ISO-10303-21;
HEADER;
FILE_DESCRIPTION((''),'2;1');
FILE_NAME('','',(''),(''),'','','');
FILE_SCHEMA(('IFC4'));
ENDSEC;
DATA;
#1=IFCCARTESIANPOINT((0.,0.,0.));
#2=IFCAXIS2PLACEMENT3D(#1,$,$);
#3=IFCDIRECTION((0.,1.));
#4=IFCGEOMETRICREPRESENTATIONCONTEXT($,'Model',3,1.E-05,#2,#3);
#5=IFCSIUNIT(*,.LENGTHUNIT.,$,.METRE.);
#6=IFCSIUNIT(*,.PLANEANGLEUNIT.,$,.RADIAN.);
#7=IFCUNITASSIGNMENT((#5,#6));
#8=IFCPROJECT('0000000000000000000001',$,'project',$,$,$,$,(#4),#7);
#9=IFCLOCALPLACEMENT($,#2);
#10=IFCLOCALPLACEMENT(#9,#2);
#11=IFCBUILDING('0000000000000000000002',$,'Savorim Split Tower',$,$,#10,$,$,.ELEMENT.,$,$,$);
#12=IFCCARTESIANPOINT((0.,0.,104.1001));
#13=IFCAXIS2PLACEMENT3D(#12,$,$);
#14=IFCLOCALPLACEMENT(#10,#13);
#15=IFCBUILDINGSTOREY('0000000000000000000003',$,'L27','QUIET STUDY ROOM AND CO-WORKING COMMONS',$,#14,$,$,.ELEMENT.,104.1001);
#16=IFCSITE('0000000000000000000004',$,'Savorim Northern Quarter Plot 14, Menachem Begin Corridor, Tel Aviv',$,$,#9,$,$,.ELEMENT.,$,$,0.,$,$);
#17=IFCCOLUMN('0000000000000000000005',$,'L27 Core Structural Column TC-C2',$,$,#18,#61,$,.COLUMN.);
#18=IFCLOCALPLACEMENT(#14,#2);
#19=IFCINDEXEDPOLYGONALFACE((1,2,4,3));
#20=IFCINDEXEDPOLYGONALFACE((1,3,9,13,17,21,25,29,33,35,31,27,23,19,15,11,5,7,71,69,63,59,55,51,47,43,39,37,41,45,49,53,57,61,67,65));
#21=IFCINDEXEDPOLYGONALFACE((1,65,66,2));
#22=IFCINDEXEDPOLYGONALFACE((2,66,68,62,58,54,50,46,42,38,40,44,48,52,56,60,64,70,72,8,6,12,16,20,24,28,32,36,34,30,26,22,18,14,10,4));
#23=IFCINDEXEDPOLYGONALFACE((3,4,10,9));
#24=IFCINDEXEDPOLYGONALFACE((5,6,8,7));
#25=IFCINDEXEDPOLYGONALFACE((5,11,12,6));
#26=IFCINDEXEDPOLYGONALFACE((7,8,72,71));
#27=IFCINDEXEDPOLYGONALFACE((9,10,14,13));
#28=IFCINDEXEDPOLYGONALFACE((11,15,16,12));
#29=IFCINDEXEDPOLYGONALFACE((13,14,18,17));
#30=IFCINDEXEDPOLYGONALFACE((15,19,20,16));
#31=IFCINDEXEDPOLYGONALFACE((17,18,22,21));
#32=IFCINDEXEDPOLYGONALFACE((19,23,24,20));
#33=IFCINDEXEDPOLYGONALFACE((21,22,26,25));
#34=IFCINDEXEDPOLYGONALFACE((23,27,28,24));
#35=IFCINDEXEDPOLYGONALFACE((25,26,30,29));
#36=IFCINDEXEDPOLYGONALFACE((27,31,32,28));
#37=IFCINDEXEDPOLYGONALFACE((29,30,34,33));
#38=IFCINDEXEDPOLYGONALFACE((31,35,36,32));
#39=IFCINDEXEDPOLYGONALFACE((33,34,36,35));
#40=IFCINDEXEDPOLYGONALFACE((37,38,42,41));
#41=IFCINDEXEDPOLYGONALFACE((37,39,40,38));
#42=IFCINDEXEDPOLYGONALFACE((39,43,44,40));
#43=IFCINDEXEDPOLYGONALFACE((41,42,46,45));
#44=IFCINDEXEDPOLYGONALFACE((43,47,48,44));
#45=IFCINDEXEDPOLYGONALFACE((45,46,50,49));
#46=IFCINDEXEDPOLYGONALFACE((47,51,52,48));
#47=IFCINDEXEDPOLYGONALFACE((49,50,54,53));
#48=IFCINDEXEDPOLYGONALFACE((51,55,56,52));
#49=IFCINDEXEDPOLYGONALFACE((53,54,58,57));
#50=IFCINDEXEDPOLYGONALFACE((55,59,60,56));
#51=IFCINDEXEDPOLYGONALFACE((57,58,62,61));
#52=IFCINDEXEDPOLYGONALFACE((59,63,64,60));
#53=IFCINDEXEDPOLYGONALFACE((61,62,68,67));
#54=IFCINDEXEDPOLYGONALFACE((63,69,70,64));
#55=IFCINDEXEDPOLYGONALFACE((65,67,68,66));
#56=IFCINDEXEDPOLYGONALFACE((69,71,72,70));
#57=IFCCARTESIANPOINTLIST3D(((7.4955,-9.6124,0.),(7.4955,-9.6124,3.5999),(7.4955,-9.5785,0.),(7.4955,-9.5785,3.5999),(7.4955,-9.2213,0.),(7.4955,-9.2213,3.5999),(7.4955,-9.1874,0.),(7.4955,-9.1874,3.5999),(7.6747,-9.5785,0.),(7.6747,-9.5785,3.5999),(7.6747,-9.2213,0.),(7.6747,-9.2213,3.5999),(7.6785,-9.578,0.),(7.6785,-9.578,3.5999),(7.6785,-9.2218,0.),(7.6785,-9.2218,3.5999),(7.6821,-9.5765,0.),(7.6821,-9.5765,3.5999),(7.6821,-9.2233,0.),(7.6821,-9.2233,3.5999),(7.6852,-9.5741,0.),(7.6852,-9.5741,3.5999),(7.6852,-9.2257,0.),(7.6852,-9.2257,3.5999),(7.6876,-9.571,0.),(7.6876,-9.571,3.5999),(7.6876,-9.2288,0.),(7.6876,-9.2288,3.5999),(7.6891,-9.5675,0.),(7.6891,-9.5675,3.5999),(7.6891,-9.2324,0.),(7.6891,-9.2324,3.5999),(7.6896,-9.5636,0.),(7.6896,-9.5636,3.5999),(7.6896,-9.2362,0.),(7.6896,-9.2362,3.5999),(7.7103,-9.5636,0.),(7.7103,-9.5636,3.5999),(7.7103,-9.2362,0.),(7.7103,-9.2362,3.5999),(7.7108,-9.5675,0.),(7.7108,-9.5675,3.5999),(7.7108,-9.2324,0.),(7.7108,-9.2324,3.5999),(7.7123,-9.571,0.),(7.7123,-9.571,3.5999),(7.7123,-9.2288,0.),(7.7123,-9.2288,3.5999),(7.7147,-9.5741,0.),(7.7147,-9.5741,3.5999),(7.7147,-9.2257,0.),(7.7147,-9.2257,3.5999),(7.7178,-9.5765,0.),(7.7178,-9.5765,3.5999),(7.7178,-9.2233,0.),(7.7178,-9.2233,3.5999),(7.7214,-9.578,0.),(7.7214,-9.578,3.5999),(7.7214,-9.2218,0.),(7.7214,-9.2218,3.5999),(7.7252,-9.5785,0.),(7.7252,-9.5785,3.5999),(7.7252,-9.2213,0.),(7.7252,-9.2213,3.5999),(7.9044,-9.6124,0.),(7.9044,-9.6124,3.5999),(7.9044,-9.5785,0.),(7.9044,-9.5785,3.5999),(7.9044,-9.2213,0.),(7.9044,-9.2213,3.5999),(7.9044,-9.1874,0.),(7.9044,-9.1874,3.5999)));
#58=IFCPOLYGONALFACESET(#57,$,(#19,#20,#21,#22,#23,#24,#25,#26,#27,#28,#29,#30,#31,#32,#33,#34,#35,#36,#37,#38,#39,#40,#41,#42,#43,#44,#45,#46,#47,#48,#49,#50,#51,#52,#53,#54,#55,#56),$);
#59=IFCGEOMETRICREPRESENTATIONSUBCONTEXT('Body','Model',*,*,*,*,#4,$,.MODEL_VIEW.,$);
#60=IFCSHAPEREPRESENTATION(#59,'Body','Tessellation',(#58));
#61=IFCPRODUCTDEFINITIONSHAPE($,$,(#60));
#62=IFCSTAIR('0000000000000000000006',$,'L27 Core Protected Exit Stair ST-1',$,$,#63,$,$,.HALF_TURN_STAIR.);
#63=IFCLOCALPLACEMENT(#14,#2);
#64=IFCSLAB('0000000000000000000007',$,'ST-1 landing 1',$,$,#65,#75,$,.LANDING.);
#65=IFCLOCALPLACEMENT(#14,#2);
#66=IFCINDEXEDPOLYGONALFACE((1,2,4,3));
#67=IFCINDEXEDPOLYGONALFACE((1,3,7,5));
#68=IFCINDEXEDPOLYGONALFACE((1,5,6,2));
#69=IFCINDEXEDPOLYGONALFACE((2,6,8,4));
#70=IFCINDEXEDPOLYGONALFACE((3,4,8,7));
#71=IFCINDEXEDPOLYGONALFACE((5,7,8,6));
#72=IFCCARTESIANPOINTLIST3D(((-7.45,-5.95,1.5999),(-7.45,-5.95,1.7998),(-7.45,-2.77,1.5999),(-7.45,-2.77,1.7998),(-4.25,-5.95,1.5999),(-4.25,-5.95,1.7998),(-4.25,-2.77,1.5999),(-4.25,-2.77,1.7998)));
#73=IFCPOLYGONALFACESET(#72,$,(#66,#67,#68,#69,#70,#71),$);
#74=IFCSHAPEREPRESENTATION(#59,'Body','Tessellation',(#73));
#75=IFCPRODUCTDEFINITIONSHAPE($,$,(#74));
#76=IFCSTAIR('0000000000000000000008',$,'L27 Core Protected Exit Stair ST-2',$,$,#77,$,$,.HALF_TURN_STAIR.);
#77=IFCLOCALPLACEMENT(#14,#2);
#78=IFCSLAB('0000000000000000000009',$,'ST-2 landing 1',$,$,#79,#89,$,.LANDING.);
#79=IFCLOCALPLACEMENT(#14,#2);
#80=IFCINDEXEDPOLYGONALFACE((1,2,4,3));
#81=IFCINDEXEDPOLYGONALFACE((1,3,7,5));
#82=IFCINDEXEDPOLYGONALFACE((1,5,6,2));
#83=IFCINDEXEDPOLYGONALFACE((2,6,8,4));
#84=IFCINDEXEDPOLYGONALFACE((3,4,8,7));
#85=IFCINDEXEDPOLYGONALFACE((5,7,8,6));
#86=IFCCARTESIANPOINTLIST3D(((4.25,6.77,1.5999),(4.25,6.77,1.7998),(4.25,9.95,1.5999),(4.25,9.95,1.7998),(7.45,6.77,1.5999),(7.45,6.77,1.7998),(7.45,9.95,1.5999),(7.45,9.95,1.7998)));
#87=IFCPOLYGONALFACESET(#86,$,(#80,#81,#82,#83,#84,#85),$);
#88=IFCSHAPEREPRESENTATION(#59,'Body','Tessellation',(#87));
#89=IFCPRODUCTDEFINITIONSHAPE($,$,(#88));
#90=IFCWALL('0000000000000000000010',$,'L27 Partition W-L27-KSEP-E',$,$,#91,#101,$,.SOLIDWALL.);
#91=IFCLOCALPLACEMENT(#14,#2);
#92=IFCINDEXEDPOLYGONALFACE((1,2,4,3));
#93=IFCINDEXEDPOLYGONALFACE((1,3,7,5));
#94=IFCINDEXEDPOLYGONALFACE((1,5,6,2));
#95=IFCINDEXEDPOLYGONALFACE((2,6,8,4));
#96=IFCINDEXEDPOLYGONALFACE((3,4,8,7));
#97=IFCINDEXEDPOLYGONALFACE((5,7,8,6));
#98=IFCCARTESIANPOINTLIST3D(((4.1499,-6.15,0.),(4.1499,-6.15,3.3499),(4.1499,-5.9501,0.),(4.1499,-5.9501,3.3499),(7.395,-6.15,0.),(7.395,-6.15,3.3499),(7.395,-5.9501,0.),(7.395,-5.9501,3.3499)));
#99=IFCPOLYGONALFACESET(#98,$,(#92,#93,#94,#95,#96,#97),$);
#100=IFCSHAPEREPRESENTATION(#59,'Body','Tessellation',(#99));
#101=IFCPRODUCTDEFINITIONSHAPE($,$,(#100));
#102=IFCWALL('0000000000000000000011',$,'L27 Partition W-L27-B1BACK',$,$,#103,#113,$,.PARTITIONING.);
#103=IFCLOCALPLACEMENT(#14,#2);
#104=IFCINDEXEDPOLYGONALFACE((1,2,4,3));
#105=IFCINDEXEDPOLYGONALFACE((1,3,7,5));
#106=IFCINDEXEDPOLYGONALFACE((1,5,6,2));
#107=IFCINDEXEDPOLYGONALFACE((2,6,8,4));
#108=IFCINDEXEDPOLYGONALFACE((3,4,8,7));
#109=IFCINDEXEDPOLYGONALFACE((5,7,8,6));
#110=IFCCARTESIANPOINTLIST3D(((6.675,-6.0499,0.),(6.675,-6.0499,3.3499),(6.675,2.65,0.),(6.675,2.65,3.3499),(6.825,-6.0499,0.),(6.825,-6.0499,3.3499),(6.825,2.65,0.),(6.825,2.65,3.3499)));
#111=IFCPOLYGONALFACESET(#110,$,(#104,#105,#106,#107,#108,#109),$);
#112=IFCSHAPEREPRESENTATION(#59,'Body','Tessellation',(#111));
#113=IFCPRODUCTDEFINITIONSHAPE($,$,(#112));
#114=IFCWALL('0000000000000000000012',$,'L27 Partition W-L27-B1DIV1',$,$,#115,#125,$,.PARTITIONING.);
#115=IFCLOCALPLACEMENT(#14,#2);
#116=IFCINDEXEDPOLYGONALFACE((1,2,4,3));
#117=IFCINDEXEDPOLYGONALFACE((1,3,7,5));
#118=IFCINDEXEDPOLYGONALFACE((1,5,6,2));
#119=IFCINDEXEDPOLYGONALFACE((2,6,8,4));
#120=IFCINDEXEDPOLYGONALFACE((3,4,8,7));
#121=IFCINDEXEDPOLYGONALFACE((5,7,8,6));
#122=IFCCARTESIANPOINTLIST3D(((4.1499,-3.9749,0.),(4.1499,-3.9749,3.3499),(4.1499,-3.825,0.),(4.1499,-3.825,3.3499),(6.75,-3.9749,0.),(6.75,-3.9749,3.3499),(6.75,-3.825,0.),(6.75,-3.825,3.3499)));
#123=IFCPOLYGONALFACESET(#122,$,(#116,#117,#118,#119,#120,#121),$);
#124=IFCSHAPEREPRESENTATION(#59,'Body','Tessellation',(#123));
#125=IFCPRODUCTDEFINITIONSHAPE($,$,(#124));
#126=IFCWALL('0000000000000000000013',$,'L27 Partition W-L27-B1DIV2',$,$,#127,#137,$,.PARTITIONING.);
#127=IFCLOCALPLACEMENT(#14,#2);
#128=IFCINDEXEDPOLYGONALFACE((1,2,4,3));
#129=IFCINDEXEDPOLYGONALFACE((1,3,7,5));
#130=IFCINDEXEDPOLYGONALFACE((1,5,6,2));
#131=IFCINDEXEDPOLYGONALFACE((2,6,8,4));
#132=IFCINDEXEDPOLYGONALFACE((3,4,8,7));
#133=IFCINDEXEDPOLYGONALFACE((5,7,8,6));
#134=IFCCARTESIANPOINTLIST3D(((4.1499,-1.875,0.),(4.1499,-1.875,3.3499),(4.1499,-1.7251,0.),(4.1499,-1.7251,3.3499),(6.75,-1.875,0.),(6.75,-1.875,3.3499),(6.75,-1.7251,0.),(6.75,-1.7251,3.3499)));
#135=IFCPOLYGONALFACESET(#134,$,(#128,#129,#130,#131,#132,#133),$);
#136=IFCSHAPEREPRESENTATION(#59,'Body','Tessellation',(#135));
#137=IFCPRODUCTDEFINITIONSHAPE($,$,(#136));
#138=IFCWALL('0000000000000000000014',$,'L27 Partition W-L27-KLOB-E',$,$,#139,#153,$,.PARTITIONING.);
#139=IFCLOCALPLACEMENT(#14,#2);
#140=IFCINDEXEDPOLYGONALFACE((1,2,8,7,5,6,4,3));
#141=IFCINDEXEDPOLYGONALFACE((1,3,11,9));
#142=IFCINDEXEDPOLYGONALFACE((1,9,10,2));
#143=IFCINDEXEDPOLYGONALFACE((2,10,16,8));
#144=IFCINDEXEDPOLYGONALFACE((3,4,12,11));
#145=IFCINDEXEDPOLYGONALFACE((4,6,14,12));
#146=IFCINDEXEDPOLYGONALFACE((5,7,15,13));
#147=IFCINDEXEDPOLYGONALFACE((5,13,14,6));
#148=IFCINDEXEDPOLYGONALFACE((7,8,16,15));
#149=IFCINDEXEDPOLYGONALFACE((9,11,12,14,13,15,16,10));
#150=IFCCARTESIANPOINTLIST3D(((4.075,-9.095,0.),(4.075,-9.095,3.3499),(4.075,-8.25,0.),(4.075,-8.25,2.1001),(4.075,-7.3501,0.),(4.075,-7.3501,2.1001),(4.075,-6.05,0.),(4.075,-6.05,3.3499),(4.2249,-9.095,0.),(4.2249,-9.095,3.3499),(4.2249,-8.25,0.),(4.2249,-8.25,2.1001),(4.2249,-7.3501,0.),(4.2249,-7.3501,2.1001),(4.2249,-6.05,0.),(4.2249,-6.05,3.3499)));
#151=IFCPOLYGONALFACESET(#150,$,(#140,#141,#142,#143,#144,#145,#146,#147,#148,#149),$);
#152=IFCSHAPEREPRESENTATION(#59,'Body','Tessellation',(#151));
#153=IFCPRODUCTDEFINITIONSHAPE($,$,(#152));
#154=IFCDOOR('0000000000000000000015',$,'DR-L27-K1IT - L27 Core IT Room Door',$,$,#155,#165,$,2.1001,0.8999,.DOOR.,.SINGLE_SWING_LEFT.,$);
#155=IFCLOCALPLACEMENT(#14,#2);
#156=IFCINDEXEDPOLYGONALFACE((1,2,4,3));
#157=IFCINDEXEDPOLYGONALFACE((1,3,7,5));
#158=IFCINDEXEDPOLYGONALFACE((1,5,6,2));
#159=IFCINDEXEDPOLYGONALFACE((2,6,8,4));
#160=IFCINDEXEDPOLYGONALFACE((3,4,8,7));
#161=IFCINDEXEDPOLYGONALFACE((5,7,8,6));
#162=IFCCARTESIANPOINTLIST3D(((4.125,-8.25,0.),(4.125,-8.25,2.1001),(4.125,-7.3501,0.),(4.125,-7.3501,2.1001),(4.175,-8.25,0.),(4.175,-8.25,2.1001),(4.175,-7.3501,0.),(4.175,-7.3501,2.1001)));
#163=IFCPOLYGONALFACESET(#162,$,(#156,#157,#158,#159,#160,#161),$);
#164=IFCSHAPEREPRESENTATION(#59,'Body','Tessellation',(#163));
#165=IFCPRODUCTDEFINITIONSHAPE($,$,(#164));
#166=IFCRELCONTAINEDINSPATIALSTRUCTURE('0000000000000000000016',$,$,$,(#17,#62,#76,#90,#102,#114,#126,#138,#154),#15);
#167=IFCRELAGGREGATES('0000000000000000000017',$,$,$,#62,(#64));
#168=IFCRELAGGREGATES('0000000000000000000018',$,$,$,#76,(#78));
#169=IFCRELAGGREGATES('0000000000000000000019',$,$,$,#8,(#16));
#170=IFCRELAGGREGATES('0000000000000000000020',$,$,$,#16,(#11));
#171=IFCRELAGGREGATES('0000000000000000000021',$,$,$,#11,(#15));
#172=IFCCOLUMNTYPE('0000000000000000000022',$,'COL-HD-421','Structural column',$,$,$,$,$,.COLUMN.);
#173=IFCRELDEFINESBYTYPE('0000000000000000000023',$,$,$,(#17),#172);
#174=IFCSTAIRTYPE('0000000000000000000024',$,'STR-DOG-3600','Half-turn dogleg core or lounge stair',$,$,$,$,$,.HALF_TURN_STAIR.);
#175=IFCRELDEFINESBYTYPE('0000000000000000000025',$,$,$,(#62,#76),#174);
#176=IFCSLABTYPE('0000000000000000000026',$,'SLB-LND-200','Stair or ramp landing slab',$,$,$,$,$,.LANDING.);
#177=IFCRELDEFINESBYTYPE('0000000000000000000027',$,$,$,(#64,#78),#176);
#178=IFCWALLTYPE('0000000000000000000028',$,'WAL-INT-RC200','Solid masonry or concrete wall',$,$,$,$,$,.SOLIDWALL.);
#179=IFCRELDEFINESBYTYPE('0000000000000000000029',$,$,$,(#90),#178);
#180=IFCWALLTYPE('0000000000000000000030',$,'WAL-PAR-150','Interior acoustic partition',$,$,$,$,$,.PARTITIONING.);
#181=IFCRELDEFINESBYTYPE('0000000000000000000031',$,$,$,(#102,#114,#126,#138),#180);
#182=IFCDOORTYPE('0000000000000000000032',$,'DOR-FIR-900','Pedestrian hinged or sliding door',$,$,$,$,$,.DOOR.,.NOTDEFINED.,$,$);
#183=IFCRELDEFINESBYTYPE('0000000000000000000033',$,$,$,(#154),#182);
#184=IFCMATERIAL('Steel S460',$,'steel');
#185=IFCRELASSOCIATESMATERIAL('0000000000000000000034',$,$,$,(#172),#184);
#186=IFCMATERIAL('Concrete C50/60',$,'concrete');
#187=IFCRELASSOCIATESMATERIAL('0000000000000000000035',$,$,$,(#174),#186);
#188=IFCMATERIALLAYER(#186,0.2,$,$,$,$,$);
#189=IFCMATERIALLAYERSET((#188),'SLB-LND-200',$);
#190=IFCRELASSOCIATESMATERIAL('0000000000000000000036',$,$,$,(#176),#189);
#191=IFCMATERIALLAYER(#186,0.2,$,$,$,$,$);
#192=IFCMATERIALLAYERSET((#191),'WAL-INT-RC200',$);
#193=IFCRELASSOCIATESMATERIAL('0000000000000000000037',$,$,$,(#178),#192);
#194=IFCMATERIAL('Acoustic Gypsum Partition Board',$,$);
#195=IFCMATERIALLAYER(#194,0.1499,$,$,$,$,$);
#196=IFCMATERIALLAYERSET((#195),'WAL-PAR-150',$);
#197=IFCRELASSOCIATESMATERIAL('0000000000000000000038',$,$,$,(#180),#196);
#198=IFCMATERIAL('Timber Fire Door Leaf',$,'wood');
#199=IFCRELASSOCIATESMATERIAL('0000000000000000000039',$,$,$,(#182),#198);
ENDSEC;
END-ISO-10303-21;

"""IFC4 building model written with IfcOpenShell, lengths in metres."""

from ifc_helpers import new_model, si_unit, direction, frame, frame_2d, origin, origin_2d, place, context, subcontext, project, spatial, polyline, rectangle, i_section, outline, extrude, material, layer, layer_set, material_profile, profile_set, type_object, element, fill, aggregate, save


model = new_model("IFC4")

# Units and contexts
model_context = context("Model", 3, precision=1e-05, world=origin(), true_north=direction((0.0, 1.0)))
body_context = subcontext(model_context, "Body", "Model", "MODEL_VIEW")
ifc_project = project(units=[si_unit("LENGTHUNIT", "METRE"), si_unit("PLANEANGLEUNIT", "RADIAN")], contexts=[model_context])

# Site, building, storey
site_placement = place(None, origin())
site = spatial("IfcSite", under=ifc_project, at=site_placement, Name="Savorim Northern Quarter Plot 14, Menachem Begin Corridor, Tel Aviv", CompositionType="ELEMENT", RefElevation=0.0)
building_placement = place(site_placement, origin())
building = spatial("IfcBuilding", under=site, at=building_placement, Name="Savorim Split Tower", CompositionType="ELEMENT")
storey_placement = place(building_placement, frame((0.0, 0.0, 104.1001)))
storey = spatial("IfcBuildingStorey", under=building, at=storey_placement, Name="L27", Description="QUIET STUDY ROOM AND CO-WORKING COMMONS", CompositionType="ELEMENT", Elevation=104.1001)

# Column
ifc_material_1 = material(Name="Steel S460", Category="steel")
ifc_material_profile = material_profile(ifc_material_1, i_section(OverallWidth=0.4089, OverallDepth=0.425, WebThickness=0.0208, FlangeThickness=0.0339, FilletRadius=0.0149, at=origin_2d()), Name="HD 400x421")
ifc_profile_set = profile_set([ifc_material_profile], Name="Steel S460")
column_type = type_object("IfcColumnType", Name="COL-HD-421", Description="Structural column", PredefinedType="COLUMN", material=ifc_profile_set)
column_placement = place(storey_placement, frame((7.7, -9.3999, 0.0), z_axis=(0.0, 0.0, 1.0), x_axis=(1.0, 0.0, 0.0)))
element("IfcColumn", 1, at=column_placement, inside=storey, type_object=column_type, Name="L27 Core Structural Column TC-C2", PredefinedType="COLUMN", context=body_context, shape_type="SweptSolid", body=[
    extrude(i_section(OverallWidth=0.4089, OverallDepth=0.425, WebThickness=0.0208, FlangeThickness=0.0339, FilletRadius=0.0149, at=origin_2d()), origin(), (0.0, 0.0, 1.0), 3.5999),
])

# Stairs, slabs
ifc_material_2 = material(Name="Concrete C50/60", Category="concrete")
stair_type = type_object("IfcStairType", Name="STR-DOG-3600", Description="Half-turn dogleg core or lounge stair", PredefinedType="HALF_TURN_STAIR", material=ifc_material_2)
stair_1_placement = place(storey_placement, origin())
stair_1 = element("IfcStair", 2, at=stair_1_placement, inside=storey, type_object=stair_type, Name="L27 Core Protected Exit Stair ST-1", PredefinedType="HALF_TURN_STAIR")
ifc_layer_1 = layer(ifc_material_2, 0.2)
ifc_layer_set_1 = layer_set([ifc_layer_1], Name="SLB-LND-200")
slab_type = type_object("IfcSlabType", Name="SLB-LND-200", Description="Stair or ramp landing slab", PredefinedType="LANDING", material=ifc_layer_set_1)
slab_1_placement = place(storey_placement, frame((0.0, 0.0, 1.5999)))
slab_1 = element("IfcSlab", 3, at=slab_1_placement, type_object=slab_type, Name="ST-1 landing 1", PredefinedType="LANDING", context=body_context, shape_type="SweptSolid", body=[
    extrude(outline(polyline([(-7.45, -2.77), (-7.45, -5.95), (-4.25, -5.95), (-4.25, -2.77), (-7.45, -2.77)])), origin(), (0.0, 0.0, 1.0), 0.2),
])
aggregate(stair_1, [slab_1])
stair_2_placement = place(storey_placement, origin())
stair_2 = element("IfcStair", 4, at=stair_2_placement, inside=storey, type_object=stair_type, Name="L27 Core Protected Exit Stair ST-2", PredefinedType="HALF_TURN_STAIR")
slab_2_placement = place(storey_placement, frame((0.0, 0.0, 1.5999)))
slab_2 = element("IfcSlab", 5, at=slab_2_placement, type_object=slab_type, Name="ST-2 landing 1", PredefinedType="LANDING", context=body_context, shape_type="SweptSolid", body=[
    extrude(outline(polyline([(7.45, 6.77), (7.45, 9.95), (4.25, 9.95), (4.25, 6.77), (7.45, 6.77)])), origin(), (0.0, 0.0, 1.0), 0.2),
])
aggregate(stair_2, [slab_2])

# Shared definitions
ifc_layer_2 = layer(ifc_material_2, 0.2)
ifc_layer_set_2 = layer_set([ifc_layer_2], Name="WAL-INT-RC200")
wall_type_1 = type_object("IfcWallType", Name="WAL-INT-RC200", Description="Solid masonry or concrete wall", PredefinedType="SOLIDWALL", material=ifc_layer_set_2)

# Walls
wall_1_placement = place(storey_placement, frame((4.1499, -6.05, 0.0), z_axis=(0.0, 0.0, 1.0), x_axis=(1.0, 0.0, 0.0)))
element("IfcWall", 6, at=wall_1_placement, inside=storey, type_object=wall_type_1, Name="L27 Partition W-L27-KSEP-E", PredefinedType="SOLIDWALL", context=body_context, shape_type="SweptSolid", body=[
    extrude(rectangle(XDim=3.2451, YDim=0.2, at=frame_2d((1.6226, 0.0))), origin(), (0.0, 0.0, 1.0), 3.3499),
])
ifc_material_3 = material(Name="Acoustic Gypsum Partition Board")
ifc_layer_3 = layer(ifc_material_3, 0.1499)
ifc_layer_set_3 = layer_set([ifc_layer_3], Name="WAL-PAR-150")
wall_type_2 = type_object("IfcWallType", Name="WAL-PAR-150", Description="Interior acoustic partition", PredefinedType="PARTITIONING", material=ifc_layer_set_3)
wall_2_placement = place(storey_placement, frame((6.75, -6.05, 0.0), z_axis=(0.0, 0.0, 1.0), x_axis=(0.0, 1.0, 0.0)))
element("IfcWall", 7, at=wall_2_placement, inside=storey, type_object=wall_type_2, Name="L27 Partition W-L27-B1BACK", PredefinedType="PARTITIONING", context=body_context, shape_type="SweptSolid", body=[
    extrude(rectangle(XDim=8.7, YDim=0.1499, at=frame_2d((4.3501, 0.0))), origin(), (0.0, 0.0, 1.0), 3.3499),
])
for number, where, z_axis, x_axis, name in (
    (8, (4.1499, -3.8999, 0.0), (0.0, 0.0, 1.0), (1.0, 0.0, 0.0), "L27 Partition W-L27-B1DIV1"),
    (9, (4.1499, -1.8, 0.0), (0.0, 0.0, 1.0), (1.0, 0.0, 0.0), "L27 Partition W-L27-B1DIV2"),
):
    element("IfcWall", number, at=place(storey_placement, frame(where, z_axis=z_axis, x_axis=x_axis)), inside=storey, type_object=wall_type_2, Name=name, PredefinedType="PARTITIONING", context=body_context, shape_type="SweptSolid", body=[
        extrude(rectangle(XDim=2.6001, YDim=0.1499, at=frame_2d((1.3, 0.0))), origin(), (0.0, 0.0, 1.0), 3.3499),
    ])

# Wall, opening, door
wall_3_placement = place(storey_placement, frame((4.1499, -9.095, 0.0), z_axis=(0.0, 0.0, 1.0), x_axis=(0.0, 1.0, 0.0)))
wall_3 = element("IfcWall", 10, at=wall_3_placement, inside=storey, type_object=wall_type_2, Name="L27 Partition W-L27-KLOB-E", PredefinedType="PARTITIONING", context=body_context, shape_type="SweptSolid", body=[
    extrude(rectangle(XDim=3.0449, YDim=0.1499, at=frame_2d((1.5225, 0.0))), origin(), (0.0, 0.0, 1.0), 3.3499),
])
opening_1_placement = place(wall_3_placement, frame((0.845, 0.0, 0.0)))
opening_1 = element("IfcOpeningElement", 11, at=opening_1_placement, cuts=wall_3, PredefinedType="OPENING", context=body_context, shape_type="SweptSolid", body=[
    extrude(rectangle(XDim=0.8999, YDim=2.1001, at=frame_2d((0.45, 1.05))), frame((0.0, 0.085, 0.0), z_axis=(0.0, -1.0, 0.0), x_axis=(1.0, 0.0, 0.0)), (0.0, 0.0, 1.0), 0.1699),
])
ifc_material_4 = material(Name="Timber Fire Door Leaf", Category="wood")
door_type_1 = type_object("IfcDoorType", Name="DOR-FIR-900", Description="Pedestrian hinged or sliding door", OperationType="NOTDEFINED", PredefinedType="DOOR", material=ifc_material_4)
door_1_placement = place(opening_1_placement, origin())
door_1 = element("IfcDoor", 12, at=door_1_placement, inside=storey, type_object=door_type_1, Name="DR-L27-K1IT - L27 Core IT Room Door", OperationType="SINGLE_SWING_LEFT", OverallHeight=2.1001, OverallWidth=0.8999, PredefinedType="DOOR", context=body_context, shape_type="SweptSolid", body=[
    extrude(rectangle(XDim=0.8999, YDim=2.1001, at=frame_2d((0.45, 1.05))), frame((0.0, 0.0249, 0.0), z_axis=(0.0, -1.0, 0.0), x_axis=(1.0, 0.0, 0.0)), (0.0, 0.0, 1.0), 0.05),
])
fill(opening_1, door_1)

save(model, "model.ifc")
